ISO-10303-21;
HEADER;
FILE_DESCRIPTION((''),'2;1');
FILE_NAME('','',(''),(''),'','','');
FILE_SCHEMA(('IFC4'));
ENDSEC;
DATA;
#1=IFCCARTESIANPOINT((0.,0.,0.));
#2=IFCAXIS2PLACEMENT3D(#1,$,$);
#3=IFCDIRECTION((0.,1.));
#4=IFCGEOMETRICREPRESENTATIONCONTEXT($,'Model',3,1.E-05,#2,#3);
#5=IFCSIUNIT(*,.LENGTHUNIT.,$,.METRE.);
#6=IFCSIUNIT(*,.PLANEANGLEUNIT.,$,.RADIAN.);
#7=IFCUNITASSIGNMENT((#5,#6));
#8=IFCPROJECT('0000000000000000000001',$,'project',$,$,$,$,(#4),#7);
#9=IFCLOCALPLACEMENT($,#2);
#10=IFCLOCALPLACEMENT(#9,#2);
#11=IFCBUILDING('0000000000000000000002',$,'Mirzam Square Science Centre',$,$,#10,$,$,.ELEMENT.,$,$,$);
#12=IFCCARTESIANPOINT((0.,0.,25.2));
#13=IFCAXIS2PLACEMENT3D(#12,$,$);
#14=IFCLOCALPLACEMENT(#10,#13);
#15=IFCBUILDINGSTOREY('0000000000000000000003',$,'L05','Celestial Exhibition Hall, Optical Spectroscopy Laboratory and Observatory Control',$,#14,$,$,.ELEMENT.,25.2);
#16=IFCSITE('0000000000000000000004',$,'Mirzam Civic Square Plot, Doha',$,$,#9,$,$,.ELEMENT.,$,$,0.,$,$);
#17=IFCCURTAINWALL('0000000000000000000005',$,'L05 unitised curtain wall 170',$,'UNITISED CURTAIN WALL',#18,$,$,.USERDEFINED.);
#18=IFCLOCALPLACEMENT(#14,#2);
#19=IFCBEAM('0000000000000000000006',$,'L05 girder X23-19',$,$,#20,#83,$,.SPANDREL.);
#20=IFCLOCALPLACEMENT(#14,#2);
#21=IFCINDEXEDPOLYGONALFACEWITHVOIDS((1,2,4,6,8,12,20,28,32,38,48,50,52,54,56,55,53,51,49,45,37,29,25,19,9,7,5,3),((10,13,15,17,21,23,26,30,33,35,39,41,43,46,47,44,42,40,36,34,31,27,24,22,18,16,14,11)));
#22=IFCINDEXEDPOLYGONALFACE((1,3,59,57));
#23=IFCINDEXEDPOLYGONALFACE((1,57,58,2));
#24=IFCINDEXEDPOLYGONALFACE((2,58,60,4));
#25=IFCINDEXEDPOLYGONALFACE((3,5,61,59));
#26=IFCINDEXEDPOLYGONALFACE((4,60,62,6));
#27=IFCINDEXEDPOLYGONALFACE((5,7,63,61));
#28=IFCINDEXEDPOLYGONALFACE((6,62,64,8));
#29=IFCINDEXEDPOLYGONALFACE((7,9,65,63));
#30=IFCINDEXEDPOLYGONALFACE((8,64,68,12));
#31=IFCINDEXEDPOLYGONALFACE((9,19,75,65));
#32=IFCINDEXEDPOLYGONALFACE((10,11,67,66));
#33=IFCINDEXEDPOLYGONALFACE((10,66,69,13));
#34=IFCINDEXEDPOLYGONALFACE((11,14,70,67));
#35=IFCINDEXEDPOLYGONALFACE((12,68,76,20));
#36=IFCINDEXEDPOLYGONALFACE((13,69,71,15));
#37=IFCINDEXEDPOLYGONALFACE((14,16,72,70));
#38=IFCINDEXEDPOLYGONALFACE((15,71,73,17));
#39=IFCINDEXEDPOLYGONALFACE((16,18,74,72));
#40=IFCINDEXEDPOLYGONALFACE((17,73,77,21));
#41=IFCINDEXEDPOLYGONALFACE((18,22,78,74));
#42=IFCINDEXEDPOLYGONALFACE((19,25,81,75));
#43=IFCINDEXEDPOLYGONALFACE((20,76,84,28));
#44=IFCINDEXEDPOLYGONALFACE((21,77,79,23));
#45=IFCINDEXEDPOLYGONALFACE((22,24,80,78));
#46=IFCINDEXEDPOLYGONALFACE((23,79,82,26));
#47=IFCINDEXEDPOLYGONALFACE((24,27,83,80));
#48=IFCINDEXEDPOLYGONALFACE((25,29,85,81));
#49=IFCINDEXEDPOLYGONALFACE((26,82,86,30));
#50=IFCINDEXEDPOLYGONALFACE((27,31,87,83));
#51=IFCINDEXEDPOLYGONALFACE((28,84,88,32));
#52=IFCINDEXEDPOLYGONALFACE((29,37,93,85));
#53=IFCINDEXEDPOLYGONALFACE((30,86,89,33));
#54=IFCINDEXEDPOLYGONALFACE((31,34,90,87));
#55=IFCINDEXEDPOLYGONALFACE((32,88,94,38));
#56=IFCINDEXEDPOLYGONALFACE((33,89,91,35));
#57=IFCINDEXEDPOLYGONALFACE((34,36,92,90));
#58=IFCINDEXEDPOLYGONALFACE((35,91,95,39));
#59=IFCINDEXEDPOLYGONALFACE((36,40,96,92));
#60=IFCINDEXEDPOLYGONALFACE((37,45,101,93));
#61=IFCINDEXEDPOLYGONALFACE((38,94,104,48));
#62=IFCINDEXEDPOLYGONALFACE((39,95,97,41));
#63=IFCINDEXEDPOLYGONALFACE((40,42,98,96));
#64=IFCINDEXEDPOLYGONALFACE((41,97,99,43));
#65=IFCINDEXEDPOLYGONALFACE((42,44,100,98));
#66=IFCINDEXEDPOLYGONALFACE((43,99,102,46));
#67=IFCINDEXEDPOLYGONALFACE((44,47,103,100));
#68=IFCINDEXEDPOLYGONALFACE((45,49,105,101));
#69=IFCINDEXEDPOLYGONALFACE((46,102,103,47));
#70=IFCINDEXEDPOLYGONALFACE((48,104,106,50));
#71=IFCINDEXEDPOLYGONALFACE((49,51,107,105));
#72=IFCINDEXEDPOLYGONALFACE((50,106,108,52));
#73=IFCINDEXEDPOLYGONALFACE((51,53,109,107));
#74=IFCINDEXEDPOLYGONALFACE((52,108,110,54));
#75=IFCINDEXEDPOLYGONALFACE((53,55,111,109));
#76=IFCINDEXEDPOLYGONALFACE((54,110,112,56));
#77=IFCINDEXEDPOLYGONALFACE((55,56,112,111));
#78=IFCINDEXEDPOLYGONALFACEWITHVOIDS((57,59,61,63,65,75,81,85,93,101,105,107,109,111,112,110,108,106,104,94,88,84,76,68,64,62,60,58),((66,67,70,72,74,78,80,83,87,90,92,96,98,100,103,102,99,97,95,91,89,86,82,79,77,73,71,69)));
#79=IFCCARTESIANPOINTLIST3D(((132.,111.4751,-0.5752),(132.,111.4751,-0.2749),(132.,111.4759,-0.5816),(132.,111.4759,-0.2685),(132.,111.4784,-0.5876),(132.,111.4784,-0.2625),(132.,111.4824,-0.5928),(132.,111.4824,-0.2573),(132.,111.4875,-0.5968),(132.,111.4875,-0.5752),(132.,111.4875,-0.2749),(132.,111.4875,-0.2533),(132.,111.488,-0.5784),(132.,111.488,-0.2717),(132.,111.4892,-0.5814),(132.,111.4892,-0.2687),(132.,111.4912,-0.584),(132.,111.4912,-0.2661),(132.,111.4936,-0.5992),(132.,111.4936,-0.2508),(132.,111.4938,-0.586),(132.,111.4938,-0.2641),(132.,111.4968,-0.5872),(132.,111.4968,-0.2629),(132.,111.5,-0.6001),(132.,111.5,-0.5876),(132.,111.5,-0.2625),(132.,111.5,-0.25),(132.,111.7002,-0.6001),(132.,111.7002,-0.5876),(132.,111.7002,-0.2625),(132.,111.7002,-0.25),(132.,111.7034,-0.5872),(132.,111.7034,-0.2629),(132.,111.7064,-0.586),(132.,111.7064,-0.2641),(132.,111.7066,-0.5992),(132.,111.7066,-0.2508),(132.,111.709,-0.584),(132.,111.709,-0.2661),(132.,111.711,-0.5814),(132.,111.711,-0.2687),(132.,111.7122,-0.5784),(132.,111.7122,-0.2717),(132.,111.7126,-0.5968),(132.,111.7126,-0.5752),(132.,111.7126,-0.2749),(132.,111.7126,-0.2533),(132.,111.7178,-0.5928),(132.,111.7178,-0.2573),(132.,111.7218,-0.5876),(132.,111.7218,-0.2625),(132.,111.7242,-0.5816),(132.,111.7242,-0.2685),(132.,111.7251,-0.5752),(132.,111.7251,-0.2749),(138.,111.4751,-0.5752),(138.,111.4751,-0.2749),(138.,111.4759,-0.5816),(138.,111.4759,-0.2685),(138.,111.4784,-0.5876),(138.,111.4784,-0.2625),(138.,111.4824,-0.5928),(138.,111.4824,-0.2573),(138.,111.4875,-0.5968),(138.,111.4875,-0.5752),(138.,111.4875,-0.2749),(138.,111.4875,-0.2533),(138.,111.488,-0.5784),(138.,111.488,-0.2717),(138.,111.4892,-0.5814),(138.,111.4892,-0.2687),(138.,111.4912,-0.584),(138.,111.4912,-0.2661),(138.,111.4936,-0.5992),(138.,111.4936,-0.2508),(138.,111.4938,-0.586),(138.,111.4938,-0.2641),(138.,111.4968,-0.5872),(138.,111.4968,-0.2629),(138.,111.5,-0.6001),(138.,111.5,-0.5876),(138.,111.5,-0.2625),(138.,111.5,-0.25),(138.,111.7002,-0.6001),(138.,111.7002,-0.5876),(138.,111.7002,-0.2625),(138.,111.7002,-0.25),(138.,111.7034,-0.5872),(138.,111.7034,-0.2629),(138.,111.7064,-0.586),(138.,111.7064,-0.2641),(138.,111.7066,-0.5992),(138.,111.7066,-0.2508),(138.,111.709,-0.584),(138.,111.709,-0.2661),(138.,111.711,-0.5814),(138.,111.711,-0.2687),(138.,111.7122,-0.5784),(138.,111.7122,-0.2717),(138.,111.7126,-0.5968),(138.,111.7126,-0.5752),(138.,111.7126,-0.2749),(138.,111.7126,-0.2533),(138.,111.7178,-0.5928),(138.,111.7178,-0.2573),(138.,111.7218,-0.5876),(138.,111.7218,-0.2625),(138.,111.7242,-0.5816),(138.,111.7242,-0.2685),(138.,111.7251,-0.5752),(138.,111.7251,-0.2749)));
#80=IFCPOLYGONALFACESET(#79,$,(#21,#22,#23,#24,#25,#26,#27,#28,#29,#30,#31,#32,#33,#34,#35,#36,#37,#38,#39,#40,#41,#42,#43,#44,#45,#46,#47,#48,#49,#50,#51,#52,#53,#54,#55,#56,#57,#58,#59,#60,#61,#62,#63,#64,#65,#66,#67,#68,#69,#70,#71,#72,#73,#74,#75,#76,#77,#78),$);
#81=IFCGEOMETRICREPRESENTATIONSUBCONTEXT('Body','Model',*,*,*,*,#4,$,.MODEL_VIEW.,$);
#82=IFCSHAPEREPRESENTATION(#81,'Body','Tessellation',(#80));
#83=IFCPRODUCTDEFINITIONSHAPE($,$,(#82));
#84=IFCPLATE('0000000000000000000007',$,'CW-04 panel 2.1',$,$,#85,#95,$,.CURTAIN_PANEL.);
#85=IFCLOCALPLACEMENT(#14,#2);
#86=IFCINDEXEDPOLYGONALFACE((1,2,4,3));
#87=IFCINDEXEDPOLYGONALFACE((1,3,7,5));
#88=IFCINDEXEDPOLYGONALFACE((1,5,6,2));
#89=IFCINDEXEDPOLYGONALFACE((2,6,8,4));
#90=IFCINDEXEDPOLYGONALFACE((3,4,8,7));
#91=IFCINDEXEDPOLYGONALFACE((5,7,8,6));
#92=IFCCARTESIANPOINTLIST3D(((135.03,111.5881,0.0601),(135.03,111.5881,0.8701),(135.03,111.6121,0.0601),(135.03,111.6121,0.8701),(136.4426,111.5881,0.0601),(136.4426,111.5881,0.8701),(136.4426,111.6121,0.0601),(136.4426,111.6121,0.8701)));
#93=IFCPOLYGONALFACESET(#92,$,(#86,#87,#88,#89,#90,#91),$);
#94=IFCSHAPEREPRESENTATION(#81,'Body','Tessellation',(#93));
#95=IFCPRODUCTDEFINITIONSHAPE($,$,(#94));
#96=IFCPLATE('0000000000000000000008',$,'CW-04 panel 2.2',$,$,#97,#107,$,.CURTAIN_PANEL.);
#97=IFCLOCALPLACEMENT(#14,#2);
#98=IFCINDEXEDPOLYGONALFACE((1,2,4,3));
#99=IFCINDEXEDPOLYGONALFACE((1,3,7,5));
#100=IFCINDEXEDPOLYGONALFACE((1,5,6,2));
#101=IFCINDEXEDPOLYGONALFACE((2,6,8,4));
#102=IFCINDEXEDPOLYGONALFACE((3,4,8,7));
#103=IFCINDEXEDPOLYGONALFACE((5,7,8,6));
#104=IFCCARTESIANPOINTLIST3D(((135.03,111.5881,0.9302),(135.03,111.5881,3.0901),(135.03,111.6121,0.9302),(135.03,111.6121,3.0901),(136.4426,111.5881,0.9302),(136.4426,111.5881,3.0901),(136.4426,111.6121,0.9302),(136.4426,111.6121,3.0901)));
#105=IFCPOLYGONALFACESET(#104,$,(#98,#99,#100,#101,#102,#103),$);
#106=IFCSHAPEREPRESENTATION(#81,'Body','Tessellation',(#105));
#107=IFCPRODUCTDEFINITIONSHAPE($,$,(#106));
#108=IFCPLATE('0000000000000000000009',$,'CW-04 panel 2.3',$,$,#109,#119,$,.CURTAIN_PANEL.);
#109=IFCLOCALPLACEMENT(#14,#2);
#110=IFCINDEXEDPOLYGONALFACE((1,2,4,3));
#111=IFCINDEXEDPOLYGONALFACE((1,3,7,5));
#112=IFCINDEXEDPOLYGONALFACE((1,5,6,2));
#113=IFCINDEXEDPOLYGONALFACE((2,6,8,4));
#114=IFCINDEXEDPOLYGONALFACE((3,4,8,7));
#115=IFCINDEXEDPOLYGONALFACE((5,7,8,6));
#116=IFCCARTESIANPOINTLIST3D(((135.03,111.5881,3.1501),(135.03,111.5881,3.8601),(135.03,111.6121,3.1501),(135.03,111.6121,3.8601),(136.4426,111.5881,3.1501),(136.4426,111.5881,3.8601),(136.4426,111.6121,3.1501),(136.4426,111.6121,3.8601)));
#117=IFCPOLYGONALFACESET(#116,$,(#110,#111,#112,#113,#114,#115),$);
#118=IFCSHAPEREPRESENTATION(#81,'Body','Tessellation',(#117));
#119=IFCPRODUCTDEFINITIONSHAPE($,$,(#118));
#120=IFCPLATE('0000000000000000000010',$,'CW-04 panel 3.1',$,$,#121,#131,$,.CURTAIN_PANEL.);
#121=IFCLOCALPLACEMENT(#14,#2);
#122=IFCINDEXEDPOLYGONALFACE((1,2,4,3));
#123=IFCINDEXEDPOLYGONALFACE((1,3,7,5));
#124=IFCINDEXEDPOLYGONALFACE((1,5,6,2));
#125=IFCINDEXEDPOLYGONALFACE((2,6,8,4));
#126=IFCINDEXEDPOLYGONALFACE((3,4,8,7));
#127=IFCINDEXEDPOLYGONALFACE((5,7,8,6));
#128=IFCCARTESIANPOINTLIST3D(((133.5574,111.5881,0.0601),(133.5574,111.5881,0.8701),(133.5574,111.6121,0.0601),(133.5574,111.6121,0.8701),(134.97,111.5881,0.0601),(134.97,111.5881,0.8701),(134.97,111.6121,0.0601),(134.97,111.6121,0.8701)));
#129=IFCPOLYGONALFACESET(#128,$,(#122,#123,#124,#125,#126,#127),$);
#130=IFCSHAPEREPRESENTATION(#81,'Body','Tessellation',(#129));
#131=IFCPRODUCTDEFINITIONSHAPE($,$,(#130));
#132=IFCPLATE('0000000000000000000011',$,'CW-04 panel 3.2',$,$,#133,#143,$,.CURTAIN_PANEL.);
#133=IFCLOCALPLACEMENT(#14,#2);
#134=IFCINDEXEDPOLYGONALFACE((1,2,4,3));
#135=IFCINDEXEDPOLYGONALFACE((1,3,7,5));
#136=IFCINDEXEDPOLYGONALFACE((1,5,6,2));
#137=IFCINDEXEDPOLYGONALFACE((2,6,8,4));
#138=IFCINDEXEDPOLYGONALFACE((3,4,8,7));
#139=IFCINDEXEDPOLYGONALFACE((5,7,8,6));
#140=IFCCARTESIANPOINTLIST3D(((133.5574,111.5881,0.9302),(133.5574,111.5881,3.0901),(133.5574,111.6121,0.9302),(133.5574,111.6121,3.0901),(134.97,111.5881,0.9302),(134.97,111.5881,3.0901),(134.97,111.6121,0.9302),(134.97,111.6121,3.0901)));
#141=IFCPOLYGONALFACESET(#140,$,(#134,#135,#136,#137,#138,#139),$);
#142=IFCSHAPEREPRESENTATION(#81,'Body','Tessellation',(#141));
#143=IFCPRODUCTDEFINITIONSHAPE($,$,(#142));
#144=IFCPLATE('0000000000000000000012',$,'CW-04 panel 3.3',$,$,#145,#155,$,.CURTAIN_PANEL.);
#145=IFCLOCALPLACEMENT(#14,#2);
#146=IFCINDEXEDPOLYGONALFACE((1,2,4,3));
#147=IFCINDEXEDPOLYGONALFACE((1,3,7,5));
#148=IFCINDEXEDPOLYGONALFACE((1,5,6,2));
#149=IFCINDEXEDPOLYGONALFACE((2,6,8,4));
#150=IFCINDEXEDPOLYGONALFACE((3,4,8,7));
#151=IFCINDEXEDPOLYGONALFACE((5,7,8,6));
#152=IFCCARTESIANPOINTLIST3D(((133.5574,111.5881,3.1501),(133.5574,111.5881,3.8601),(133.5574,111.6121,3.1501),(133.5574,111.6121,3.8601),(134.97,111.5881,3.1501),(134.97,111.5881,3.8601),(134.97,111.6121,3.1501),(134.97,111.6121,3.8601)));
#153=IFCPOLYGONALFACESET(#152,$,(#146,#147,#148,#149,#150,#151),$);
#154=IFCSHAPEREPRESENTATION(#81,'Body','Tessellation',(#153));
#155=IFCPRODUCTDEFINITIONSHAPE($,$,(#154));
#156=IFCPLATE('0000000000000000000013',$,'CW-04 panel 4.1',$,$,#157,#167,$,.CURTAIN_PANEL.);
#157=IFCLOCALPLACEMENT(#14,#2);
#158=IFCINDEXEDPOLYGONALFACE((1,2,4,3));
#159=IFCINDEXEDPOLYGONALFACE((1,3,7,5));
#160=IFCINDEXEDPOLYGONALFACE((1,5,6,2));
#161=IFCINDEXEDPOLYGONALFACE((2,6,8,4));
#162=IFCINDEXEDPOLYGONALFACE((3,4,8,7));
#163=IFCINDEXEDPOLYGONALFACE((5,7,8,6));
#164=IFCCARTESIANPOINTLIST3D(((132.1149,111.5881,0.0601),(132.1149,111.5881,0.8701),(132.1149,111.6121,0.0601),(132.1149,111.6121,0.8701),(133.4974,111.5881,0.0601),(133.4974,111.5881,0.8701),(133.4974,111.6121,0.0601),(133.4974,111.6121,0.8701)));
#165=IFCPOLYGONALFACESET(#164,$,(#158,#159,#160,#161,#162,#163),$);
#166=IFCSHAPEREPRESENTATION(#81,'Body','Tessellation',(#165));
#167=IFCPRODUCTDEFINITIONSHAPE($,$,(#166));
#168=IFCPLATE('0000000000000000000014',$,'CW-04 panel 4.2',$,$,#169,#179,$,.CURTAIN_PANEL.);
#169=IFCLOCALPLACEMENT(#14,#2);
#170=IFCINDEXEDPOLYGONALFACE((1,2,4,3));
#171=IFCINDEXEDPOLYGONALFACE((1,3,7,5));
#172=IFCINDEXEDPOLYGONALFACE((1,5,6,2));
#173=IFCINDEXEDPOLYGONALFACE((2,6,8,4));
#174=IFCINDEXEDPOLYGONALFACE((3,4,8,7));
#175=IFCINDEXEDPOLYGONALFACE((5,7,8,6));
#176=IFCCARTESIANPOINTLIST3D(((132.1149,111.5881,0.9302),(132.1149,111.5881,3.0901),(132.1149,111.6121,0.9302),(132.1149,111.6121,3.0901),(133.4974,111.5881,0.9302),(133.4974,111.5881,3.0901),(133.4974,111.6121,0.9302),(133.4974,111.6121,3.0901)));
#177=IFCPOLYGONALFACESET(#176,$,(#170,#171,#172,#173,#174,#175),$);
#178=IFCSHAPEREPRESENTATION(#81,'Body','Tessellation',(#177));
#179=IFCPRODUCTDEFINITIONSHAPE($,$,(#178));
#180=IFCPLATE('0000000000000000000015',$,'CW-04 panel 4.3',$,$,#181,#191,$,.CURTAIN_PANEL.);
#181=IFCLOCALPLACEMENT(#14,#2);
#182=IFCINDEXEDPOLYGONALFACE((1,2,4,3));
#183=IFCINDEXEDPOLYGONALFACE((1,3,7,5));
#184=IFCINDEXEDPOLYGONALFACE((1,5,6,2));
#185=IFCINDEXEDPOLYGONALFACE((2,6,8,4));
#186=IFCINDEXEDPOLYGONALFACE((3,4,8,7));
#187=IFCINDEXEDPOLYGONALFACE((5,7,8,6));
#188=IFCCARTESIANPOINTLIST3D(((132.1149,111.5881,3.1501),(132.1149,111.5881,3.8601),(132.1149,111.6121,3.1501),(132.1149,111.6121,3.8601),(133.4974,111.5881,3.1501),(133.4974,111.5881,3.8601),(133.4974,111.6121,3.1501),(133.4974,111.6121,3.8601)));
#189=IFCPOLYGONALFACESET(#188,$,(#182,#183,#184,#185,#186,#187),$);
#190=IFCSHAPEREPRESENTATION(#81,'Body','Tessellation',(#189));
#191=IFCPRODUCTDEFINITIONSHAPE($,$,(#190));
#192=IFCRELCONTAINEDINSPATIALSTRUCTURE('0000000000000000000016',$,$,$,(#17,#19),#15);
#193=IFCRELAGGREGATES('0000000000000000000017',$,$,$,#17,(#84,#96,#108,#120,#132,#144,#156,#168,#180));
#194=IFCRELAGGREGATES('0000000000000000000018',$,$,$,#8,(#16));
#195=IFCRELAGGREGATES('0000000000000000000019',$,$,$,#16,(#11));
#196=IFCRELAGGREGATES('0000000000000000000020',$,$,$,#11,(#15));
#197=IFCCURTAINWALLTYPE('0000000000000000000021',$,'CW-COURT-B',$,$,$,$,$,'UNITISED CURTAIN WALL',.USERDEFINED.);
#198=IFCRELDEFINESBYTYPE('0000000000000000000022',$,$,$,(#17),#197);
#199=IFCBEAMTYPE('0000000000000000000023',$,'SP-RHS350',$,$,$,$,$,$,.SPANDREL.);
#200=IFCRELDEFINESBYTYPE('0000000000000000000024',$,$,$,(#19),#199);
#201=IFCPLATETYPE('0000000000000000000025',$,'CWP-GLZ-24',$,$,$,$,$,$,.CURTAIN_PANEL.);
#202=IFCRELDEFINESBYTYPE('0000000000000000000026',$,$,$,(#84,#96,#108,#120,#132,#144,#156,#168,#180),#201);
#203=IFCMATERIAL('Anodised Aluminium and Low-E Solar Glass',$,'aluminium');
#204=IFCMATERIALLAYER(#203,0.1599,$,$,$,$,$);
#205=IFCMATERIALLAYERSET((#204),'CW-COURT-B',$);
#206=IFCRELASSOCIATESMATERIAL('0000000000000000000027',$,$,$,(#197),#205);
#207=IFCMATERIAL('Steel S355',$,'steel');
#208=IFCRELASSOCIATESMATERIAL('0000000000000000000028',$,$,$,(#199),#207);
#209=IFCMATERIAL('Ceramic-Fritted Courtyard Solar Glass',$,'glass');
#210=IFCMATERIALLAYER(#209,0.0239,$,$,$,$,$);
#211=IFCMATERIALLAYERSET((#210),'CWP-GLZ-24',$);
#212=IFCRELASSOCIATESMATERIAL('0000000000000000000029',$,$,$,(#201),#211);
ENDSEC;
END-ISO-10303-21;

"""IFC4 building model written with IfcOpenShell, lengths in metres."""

from ifc_helpers import new_model, si_unit, direction, frame, origin, origin_2d, place, context, subcontext, project, spatial, rectangle, hollow_rectangle, extrude, material, layer, layer_set, material_profile, profile_set, type_object, element, aggregate, save


model = new_model("IFC4")

# Units and contexts
model_context = context("Model", 3, precision=1e-05, world=origin(), true_north=direction((0.0, 1.0)))
body_context = subcontext(model_context, "Body", "Model", "MODEL_VIEW")
ifc_project = project(units=[si_unit("LENGTHUNIT", "METRE"), si_unit("PLANEANGLEUNIT", "RADIAN")], contexts=[model_context])

# Site, building, storey
site_placement = place(None, origin())
site = spatial("IfcSite", under=ifc_project, at=site_placement, Name="Mirzam Civic Square Plot, Doha", CompositionType="ELEMENT", RefElevation=0.0)
building_placement = place(site_placement, origin())
building = spatial("IfcBuilding", under=site, at=building_placement, Name="Mirzam Square Science Centre", CompositionType="ELEMENT")
storey_placement = place(building_placement, frame((0.0, 0.0, 25.2)))
storey = spatial("IfcBuildingStorey", under=building, at=storey_placement, Name="L05", Description="Celestial Exhibition Hall, Optical Spectroscopy Laboratory and Observatory Control", CompositionType="ELEMENT", Elevation=25.2)

# Shared definitions
ifc_material_1 = material(Name="Steel S355", Category="steel")

# Curtain wall
ifc_material_2 = material(Name="Anodised Aluminium and Low-E Solar Glass", Category="aluminium")
ifc_layer_1 = layer(ifc_material_2, 0.1599)
ifc_layer_set_1 = layer_set([ifc_layer_1], Name="CW-COURT-B")
curtain_wall_type = type_object("IfcCurtainWallType", Name="CW-COURT-B", ElementType="UNITISED CURTAIN WALL", PredefinedType="USERDEFINED", material=ifc_layer_set_1)
curtain_wall_placement = place(storey_placement, origin())
curtain_wall = element("IfcCurtainWall", 1, at=curtain_wall_placement, inside=storey, type_object=curtain_wall_type, Name="L05 unitised curtain wall 170", ObjectType="UNITISED CURTAIN WALL", PredefinedType="USERDEFINED")

# Beam
ifc_material_profile_1 = material_profile(ifc_material_1, hollow_rectangle(XDim=0.25, YDim=0.3501, WallThickness=0.0125, InnerFilletRadius=0.0125, OuterFilletRadius=0.0249, at=origin_2d()), Name="350x250x12.5RHS")
ifc_profile_set_1 = profile_set([ifc_material_profile_1], Name="Steel S355")
beam_type_1 = type_object("IfcBeamType", Name="SP-RHS350", PredefinedType="SPANDREL", material=ifc_profile_set_1)
for number, where, z_axis, x_axis, name in (
    (2, (132.0, 111.6001, -0.425), (1.0, 0.0, 0.0), (0.0, 1.0, 0.0), "L05 girder X23-19"),
):
    element("IfcBeam", number, at=place(storey_placement, frame(where, z_axis=z_axis, x_axis=x_axis)), inside=storey, type_object=beam_type_1, Name=name, PredefinedType="SPANDREL", context=body_context, shape_type="SweptSolid", body=[
        extrude(hollow_rectangle(XDim=0.25, YDim=0.3501, WallThickness=0.0125, InnerFilletRadius=0.0125, OuterFilletRadius=0.0249, at=origin_2d()), origin(), (0.0, 0.0, 1.0), 6.0),
    ])

# Plates
ifc_material_3 = material(Name="Ceramic-Fritted Courtyard Solar Glass", Category="glass")
ifc_layer_2 = layer(ifc_material_3, 0.0239)
ifc_layer_set_2 = layer_set([ifc_layer_2], Name="CWP-GLZ-24")
plate_type = type_object("IfcPlateType", Name="CWP-GLZ-24", PredefinedType="CURTAIN_PANEL", material=ifc_layer_set_2)
plate_1_placement = place(storey_placement, frame((135.7363, 111.6001, 0.0601), z_axis=(0.0, 0.0, 1.0), x_axis=(-1.0, 0.0, 0.0)))
plate_1 = element("IfcPlate", 3, at=plate_1_placement, type_object=plate_type, Name="CW-04 panel 2.1", PredefinedType="CURTAIN_PANEL", context=body_context, shape_type="SweptSolid", body=[
    extrude(rectangle(XDim=1.4126, YDim=0.0239, at=origin_2d()), origin(), (0.0, 0.0, 1.0), 0.8101),
])
plate_2_placement = place(storey_placement, frame((135.7363, 111.6001, 0.9302), z_axis=(0.0, 0.0, 1.0), x_axis=(-1.0, 0.0, 0.0)))
plate_2 = element("IfcPlate", 4, at=plate_2_placement, type_object=plate_type, Name="CW-04 panel 2.2", PredefinedType="CURTAIN_PANEL", context=body_context, shape_type="SweptSolid", body=[
    extrude(rectangle(XDim=1.4126, YDim=0.0239, at=origin_2d()), origin(), (0.0, 0.0, 1.0), 2.1599),
])
plate_3_placement = place(storey_placement, frame((135.7363, 111.6001, 3.1501), z_axis=(0.0, 0.0, 1.0), x_axis=(-1.0, 0.0, 0.0)))
plate_3 = element("IfcPlate", 5, at=plate_3_placement, type_object=plate_type, Name="CW-04 panel 2.3", PredefinedType="CURTAIN_PANEL", context=body_context, shape_type="SweptSolid", body=[
    extrude(rectangle(XDim=1.4126, YDim=0.0239, at=origin_2d()), origin(), (0.0, 0.0, 1.0), 0.71),
])
plate_4_placement = place(storey_placement, frame((134.2637, 111.6001, 0.0601), z_axis=(0.0, 0.0, 1.0), x_axis=(-1.0, 0.0, 0.0)))
plate_4 = element("IfcPlate", 6, at=plate_4_placement, type_object=plate_type, Name="CW-04 panel 3.1", PredefinedType="CURTAIN_PANEL", context=body_context, shape_type="SweptSolid", body=[
    extrude(rectangle(XDim=1.4126, YDim=0.0239, at=origin_2d()), origin(), (0.0, 0.0, 1.0), 0.8101),
])
plate_5_placement = place(storey_placement, frame((134.2637, 111.6001, 0.9302), z_axis=(0.0, 0.0, 1.0), x_axis=(-1.0, 0.0, 0.0)))
plate_5 = element("IfcPlate", 7, at=plate_5_placement, type_object=plate_type, Name="CW-04 panel 3.2", PredefinedType="CURTAIN_PANEL", context=body_context, shape_type="SweptSolid", body=[
    extrude(rectangle(XDim=1.4126, YDim=0.0239, at=origin_2d()), origin(), (0.0, 0.0, 1.0), 2.1599),
])
plate_6_placement = place(storey_placement, frame((134.2637, 111.6001, 3.1501), z_axis=(0.0, 0.0, 1.0), x_axis=(-1.0, 0.0, 0.0)))
plate_6 = element("IfcPlate", 8, at=plate_6_placement, type_object=plate_type, Name="CW-04 panel 3.3", PredefinedType="CURTAIN_PANEL", context=body_context, shape_type="SweptSolid", body=[
    extrude(rectangle(XDim=1.4126, YDim=0.0239, at=origin_2d()), origin(), (0.0, 0.0, 1.0), 0.71),
])
plate_7_placement = place(storey_placement, frame((132.8062, 111.6001, 0.0601), z_axis=(0.0, 0.0, 1.0), x_axis=(-1.0, 0.0, 0.0)))
plate_7 = element("IfcPlate", 9, at=plate_7_placement, type_object=plate_type, Name="CW-04 panel 4.1", PredefinedType="CURTAIN_PANEL", context=body_context, shape_type="SweptSolid", body=[
    extrude(rectangle(XDim=1.3826, YDim=0.0239, at=origin_2d()), origin(), (0.0, 0.0, 1.0), 0.8101),
])
plate_8_placement = place(storey_placement, frame((132.8062, 111.6001, 0.9302), z_axis=(0.0, 0.0, 1.0), x_axis=(-1.0, 0.0, 0.0)))
plate_8 = element("IfcPlate", 10, at=plate_8_placement, type_object=plate_type, Name="CW-04 panel 4.2", PredefinedType="CURTAIN_PANEL", context=body_context, shape_type="SweptSolid", body=[
    extrude(rectangle(XDim=1.3826, YDim=0.0239, at=origin_2d()), origin(), (0.0, 0.0, 1.0), 2.1599),
])
plate_9_placement = place(storey_placement, frame((132.8062, 111.6001, 3.1501), z_axis=(0.0, 0.0, 1.0), x_axis=(-1.0, 0.0, 0.0)))
plate_9 = element("IfcPlate", 11, at=plate_9_placement, type_object=plate_type, Name="CW-04 panel 4.3", PredefinedType="CURTAIN_PANEL", context=body_context, shape_type="SweptSolid", body=[
    extrude(rectangle(XDim=1.3826, YDim=0.0239, at=origin_2d()), origin(), (0.0, 0.0, 1.0), 0.71),
])
aggregate(curtain_wall, [plate_1, plate_2, plate_3, plate_4, plate_5, plate_6, plate_7, plate_8, plate_9])

save(model, "model.ifc")
